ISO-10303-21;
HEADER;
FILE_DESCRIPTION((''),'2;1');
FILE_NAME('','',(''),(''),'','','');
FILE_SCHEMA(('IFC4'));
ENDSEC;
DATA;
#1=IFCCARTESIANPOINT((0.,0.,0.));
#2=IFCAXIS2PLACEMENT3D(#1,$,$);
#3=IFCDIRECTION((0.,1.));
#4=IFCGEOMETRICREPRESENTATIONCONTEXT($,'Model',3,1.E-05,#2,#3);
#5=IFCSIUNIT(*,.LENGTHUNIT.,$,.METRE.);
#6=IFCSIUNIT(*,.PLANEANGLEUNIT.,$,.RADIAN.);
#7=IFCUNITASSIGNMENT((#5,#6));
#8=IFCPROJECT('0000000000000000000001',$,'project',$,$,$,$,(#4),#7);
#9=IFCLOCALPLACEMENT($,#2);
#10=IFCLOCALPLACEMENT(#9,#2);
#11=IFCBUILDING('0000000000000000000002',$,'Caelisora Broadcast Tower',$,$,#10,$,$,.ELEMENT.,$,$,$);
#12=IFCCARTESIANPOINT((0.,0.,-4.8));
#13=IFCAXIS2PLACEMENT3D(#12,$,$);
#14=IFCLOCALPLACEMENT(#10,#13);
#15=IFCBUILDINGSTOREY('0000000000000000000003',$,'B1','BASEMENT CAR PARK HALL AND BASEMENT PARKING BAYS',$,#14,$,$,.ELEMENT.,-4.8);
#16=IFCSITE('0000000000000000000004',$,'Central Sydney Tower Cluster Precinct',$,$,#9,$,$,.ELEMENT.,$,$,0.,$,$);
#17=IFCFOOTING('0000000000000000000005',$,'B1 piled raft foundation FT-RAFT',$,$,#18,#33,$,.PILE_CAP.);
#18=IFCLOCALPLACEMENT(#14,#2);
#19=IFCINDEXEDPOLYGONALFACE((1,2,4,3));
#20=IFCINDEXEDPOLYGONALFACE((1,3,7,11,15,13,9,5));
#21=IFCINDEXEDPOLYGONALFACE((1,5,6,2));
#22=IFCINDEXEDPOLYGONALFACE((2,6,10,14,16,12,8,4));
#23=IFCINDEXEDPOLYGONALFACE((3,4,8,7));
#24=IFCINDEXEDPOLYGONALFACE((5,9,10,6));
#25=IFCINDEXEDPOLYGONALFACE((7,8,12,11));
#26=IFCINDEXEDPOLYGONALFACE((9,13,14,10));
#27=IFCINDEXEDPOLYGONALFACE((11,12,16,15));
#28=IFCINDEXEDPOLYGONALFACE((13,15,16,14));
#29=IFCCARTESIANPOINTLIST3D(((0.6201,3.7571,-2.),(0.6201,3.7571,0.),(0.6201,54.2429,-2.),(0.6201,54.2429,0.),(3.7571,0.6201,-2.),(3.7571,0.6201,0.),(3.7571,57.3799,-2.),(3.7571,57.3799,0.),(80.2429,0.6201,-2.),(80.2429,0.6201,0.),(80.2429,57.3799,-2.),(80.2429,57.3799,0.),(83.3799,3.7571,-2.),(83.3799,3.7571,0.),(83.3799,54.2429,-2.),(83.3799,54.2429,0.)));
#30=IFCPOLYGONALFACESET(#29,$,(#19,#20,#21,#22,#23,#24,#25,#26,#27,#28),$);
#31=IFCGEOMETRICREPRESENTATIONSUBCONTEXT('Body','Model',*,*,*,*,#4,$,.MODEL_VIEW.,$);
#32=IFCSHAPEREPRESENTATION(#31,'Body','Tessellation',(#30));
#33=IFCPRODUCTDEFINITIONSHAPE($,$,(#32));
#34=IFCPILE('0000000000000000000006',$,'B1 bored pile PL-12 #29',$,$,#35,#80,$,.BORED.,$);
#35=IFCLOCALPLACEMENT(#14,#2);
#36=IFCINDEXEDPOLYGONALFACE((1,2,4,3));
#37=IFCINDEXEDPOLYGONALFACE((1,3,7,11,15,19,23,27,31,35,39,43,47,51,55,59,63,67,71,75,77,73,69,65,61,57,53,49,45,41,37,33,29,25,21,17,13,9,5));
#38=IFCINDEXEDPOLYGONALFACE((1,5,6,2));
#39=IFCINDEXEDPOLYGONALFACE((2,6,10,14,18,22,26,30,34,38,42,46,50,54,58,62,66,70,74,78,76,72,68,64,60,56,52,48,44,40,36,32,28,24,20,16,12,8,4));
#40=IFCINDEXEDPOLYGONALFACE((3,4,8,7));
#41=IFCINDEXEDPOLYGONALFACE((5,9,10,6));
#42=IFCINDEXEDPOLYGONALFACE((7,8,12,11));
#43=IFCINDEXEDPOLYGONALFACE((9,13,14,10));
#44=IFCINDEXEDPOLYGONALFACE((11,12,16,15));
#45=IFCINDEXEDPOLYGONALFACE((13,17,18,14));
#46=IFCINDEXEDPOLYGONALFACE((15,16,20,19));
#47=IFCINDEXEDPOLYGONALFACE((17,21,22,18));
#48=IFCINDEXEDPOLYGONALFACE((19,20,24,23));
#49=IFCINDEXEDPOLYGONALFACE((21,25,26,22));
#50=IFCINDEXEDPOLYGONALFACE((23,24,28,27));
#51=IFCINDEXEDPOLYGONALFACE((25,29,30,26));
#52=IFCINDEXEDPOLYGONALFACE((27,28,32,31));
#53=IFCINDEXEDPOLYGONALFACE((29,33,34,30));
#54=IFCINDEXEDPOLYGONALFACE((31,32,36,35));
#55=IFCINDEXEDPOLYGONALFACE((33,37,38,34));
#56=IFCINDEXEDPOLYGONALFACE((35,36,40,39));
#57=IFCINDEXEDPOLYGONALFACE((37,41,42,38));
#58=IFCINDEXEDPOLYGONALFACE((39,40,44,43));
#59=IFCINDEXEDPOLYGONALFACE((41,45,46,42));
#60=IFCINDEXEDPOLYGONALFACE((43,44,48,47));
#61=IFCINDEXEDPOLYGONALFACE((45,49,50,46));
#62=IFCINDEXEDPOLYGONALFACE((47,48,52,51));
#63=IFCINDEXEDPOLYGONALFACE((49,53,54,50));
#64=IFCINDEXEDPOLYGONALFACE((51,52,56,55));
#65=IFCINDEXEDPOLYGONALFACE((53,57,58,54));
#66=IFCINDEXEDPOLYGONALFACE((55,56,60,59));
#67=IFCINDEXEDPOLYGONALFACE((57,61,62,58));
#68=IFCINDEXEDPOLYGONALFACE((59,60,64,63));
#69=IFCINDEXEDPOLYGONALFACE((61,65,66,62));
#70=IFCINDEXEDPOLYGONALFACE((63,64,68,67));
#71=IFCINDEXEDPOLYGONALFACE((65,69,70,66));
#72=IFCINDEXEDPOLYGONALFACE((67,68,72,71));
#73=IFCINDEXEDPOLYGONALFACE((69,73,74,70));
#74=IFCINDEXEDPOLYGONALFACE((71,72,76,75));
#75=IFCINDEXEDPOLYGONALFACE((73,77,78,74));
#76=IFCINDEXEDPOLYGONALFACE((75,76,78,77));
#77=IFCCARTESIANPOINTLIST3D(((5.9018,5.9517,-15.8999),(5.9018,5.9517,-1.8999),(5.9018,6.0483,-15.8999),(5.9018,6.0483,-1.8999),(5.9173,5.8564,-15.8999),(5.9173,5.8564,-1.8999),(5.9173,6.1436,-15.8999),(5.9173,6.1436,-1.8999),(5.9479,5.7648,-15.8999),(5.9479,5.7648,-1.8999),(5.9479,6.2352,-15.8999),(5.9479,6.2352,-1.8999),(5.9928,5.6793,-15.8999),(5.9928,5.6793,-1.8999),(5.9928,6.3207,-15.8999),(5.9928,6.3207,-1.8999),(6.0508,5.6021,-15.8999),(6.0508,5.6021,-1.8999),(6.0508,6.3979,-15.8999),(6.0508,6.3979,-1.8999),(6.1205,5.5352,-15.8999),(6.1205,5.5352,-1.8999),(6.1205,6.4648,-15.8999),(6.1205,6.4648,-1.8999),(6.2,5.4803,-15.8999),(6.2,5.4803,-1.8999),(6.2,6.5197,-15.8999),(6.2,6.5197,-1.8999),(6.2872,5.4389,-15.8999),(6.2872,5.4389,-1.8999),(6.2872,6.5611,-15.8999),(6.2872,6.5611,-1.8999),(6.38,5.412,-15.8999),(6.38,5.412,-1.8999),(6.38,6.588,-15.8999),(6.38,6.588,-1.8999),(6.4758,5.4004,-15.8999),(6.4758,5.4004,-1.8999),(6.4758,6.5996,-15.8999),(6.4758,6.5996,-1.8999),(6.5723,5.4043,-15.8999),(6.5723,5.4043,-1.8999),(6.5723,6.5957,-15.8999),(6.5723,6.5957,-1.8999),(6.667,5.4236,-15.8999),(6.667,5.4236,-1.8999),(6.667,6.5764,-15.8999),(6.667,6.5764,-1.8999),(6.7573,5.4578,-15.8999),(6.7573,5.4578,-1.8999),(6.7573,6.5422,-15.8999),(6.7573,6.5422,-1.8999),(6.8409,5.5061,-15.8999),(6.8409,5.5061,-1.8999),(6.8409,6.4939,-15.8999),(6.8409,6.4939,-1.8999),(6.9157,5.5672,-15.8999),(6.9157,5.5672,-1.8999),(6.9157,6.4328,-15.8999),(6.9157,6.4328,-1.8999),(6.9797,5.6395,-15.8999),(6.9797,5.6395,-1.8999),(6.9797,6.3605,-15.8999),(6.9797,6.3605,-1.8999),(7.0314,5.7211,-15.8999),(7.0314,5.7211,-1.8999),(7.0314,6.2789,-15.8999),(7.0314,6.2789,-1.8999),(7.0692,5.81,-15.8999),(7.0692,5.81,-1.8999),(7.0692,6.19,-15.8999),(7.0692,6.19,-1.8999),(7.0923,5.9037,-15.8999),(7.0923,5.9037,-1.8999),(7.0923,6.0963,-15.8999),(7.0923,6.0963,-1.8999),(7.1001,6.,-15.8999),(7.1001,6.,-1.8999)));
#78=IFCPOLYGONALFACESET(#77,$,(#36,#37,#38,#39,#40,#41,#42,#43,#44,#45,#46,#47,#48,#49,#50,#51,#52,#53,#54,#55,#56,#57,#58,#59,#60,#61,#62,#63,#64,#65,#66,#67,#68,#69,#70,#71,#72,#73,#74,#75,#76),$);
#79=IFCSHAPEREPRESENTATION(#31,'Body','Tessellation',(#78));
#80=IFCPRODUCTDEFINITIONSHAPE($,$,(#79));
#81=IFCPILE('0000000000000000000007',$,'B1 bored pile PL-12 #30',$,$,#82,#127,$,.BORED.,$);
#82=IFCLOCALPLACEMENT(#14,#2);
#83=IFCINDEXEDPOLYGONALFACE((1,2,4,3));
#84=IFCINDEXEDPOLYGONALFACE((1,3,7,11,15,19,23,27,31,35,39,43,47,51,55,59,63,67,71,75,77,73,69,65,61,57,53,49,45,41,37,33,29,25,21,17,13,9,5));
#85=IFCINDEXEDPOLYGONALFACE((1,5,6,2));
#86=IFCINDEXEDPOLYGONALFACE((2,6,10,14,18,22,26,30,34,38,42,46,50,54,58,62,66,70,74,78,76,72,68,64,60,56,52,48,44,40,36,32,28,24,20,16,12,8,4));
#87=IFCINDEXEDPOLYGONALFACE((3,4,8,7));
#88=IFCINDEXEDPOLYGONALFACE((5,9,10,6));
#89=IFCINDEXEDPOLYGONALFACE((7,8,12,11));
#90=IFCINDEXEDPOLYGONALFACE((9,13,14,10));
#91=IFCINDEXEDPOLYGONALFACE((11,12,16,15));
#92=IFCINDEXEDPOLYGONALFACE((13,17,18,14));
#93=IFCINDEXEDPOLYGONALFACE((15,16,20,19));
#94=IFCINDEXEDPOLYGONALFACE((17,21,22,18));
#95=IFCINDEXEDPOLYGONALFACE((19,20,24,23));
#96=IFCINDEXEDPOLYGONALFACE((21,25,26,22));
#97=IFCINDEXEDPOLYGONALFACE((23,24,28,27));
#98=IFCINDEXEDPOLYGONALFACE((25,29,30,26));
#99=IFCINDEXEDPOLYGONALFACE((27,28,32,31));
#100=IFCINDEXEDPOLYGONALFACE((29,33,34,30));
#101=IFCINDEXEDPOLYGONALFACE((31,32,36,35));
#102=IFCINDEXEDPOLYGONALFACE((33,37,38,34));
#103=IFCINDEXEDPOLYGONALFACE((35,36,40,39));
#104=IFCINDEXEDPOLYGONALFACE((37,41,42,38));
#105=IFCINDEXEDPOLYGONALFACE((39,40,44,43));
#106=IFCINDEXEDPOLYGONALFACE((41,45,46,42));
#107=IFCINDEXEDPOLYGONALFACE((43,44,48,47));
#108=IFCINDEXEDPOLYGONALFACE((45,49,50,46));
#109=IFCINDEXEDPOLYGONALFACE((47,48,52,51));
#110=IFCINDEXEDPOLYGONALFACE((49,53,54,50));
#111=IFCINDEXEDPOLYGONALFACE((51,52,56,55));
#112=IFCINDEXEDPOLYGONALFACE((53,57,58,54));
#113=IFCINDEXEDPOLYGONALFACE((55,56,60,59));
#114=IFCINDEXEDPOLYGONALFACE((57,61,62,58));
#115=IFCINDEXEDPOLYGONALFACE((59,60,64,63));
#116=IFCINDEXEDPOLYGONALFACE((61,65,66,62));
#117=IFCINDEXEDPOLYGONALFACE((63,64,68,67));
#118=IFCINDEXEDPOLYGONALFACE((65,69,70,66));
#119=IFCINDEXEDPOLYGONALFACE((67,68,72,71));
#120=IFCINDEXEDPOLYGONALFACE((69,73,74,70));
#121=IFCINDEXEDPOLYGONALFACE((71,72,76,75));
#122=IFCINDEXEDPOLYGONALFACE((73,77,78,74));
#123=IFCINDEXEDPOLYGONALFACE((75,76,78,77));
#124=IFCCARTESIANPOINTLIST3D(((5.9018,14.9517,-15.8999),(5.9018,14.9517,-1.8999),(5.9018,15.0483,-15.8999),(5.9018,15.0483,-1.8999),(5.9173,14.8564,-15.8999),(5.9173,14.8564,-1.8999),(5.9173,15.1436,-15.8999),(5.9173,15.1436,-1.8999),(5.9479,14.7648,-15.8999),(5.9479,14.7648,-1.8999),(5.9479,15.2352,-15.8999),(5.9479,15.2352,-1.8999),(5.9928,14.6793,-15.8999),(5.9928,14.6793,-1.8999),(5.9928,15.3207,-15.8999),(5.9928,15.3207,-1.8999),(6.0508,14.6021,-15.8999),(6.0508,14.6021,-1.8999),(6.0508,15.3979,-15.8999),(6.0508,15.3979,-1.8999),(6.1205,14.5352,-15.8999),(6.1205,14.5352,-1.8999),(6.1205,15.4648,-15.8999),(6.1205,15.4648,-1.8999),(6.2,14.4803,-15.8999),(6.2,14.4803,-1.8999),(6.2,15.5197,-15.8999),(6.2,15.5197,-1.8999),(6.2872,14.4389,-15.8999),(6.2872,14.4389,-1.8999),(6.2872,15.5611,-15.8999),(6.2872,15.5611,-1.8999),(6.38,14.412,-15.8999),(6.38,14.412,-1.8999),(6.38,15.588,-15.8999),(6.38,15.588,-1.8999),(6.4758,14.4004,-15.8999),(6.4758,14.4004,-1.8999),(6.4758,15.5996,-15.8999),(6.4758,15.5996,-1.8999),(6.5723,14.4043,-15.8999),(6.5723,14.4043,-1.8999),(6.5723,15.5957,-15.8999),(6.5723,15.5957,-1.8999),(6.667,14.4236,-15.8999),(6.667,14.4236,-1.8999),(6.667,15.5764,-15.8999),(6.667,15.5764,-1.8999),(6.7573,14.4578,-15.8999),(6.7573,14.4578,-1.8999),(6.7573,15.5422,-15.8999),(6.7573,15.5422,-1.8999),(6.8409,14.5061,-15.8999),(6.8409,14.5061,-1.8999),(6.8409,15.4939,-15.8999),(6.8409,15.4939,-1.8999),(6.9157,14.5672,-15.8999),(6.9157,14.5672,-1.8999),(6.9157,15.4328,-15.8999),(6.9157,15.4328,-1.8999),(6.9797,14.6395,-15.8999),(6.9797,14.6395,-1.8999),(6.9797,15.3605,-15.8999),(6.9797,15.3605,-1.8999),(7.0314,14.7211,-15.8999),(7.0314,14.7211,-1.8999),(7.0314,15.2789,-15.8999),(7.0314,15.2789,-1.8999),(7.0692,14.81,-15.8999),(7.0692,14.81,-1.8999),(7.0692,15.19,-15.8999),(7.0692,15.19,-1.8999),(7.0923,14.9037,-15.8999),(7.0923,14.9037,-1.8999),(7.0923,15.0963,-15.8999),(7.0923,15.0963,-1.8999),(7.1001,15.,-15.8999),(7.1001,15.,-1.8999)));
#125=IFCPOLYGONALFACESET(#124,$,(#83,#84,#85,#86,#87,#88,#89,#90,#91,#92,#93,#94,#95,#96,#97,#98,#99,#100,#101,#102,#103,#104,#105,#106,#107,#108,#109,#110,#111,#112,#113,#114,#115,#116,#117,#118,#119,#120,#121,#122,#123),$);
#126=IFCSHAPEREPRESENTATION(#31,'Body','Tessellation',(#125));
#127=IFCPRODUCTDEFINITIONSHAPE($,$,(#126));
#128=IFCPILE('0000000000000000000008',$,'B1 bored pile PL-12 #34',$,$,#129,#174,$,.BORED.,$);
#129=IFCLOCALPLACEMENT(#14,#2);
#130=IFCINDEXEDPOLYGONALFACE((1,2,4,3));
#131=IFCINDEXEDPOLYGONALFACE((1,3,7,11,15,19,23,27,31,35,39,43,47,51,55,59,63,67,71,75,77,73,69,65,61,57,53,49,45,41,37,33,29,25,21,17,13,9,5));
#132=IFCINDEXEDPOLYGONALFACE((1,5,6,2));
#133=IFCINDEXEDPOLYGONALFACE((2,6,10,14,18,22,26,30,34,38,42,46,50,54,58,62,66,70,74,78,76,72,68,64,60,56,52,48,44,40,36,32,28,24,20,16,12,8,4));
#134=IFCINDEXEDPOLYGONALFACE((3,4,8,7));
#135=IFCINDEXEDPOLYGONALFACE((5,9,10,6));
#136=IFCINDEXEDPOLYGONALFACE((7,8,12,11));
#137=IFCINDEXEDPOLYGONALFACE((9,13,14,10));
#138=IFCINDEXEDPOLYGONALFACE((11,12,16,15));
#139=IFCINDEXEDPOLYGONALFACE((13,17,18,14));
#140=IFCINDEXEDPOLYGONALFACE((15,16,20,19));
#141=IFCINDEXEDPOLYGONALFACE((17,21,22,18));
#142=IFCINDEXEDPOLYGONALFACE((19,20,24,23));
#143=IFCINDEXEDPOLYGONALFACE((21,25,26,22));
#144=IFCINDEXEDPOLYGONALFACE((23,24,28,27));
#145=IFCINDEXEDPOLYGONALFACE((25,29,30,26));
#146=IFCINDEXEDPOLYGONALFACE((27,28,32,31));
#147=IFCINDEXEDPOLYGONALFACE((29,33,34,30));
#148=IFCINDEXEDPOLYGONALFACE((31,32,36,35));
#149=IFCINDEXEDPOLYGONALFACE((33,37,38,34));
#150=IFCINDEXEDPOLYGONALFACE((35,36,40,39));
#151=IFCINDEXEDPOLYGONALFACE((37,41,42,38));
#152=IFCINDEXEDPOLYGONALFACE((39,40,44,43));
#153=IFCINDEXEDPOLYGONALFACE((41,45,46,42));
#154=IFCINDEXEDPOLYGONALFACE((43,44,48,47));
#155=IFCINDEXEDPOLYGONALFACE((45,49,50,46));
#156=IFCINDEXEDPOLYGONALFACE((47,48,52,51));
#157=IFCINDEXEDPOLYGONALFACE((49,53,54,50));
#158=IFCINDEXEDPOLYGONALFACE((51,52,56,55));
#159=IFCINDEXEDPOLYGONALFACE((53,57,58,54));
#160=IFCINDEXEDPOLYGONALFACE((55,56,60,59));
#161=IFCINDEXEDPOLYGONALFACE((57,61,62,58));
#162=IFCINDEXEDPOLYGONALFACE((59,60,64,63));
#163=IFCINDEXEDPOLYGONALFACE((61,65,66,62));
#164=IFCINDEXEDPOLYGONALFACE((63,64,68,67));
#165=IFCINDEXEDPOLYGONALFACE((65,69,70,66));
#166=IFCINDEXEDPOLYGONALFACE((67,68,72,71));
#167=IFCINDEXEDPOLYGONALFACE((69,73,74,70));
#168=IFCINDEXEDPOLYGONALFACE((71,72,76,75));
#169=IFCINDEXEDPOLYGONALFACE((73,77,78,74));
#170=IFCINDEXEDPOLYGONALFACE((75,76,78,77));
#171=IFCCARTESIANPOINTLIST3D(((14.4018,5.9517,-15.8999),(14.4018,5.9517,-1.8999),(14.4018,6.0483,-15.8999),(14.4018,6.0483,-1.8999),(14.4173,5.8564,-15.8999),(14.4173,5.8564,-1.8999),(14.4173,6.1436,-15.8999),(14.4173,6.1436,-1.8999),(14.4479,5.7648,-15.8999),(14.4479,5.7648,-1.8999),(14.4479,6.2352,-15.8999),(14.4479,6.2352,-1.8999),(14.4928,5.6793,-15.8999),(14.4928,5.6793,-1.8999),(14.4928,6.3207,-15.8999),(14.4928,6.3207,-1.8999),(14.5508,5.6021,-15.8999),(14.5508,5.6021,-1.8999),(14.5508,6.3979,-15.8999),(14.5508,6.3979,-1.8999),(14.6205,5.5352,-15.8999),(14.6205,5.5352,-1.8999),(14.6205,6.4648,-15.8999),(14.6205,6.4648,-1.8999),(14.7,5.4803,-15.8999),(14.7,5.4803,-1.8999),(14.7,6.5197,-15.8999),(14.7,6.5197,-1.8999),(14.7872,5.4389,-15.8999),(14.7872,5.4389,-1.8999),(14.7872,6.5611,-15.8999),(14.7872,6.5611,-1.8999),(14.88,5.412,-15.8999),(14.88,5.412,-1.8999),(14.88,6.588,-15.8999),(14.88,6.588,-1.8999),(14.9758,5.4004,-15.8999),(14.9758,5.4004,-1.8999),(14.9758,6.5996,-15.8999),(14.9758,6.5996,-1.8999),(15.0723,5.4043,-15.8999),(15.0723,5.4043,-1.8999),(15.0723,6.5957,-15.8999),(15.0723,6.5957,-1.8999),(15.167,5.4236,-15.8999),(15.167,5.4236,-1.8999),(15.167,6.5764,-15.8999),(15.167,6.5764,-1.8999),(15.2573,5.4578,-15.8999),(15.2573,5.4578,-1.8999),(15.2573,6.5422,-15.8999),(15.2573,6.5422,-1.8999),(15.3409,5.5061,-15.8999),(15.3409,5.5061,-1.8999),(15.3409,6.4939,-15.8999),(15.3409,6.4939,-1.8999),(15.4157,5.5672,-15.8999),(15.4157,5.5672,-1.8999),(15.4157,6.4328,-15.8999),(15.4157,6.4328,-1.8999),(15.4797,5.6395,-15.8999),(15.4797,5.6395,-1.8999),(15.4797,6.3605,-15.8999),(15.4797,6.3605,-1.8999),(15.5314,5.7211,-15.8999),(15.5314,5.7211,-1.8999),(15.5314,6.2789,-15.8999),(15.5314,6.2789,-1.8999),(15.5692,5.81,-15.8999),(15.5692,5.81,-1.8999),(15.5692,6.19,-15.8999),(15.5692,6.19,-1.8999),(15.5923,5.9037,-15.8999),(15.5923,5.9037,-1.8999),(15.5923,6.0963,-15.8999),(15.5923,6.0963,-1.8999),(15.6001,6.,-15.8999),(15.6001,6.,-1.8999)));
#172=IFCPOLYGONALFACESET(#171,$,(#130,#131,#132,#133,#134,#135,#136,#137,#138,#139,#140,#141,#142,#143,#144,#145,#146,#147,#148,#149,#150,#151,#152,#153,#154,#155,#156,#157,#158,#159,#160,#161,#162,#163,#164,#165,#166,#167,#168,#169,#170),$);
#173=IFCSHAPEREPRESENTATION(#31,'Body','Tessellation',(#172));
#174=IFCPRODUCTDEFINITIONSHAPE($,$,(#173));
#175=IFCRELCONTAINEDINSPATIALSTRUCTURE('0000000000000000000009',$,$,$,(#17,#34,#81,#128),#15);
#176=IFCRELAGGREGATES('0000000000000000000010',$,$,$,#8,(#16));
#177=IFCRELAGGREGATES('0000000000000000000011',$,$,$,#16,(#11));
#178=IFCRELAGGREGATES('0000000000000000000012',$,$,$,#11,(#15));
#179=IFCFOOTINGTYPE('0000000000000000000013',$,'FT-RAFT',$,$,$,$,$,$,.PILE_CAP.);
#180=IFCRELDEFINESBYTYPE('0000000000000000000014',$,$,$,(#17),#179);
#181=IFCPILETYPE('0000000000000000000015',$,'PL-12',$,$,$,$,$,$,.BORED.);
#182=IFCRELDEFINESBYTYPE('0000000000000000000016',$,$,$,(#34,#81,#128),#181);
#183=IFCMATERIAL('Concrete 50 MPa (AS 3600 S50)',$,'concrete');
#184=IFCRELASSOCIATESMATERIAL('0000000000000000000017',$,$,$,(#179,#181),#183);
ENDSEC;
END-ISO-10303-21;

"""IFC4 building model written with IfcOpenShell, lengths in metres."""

from ifc_helpers import new_model, si_unit, direction, frame, origin, origin_2d, place, context, subcontext, project, spatial, polyline, circle, outline, extrude, material, material_profile, profile_set, type_object, element, save


model = new_model("IFC4")

# Units and contexts
model_context = context("Model", 3, precision=1e-05, world=origin(), true_north=direction((0.0, 1.0)))
body_context = subcontext(model_context, "Body", "Model", "MODEL_VIEW")
ifc_project = project(units=[si_unit("LENGTHUNIT", "METRE"), si_unit("PLANEANGLEUNIT", "RADIAN")], contexts=[model_context])

# Site, building, storey
site_placement = place(None, origin())
site = spatial("IfcSite", under=ifc_project, at=site_placement, Name="Central Sydney Tower Cluster Precinct", CompositionType="ELEMENT", RefElevation=0.0)
building_placement = place(site_placement, origin())
building = spatial("IfcBuilding", under=site, at=building_placement, Name="Caelisora Broadcast Tower", CompositionType="ELEMENT")
storey_placement = place(building_placement, frame((0.0, 0.0, -4.8)))
storey = spatial("IfcBuildingStorey", under=building, at=storey_placement, Name="B1", Description="BASEMENT CAR PARK HALL AND BASEMENT PARKING BAYS", CompositionType="ELEMENT", Elevation=-4.8)

# Footing
ifc_material_1 = material(Name="Concrete 50 MPa (AS 3600 S50)", Category="concrete")
footing_type_1 = type_object("IfcFootingType", Name="FT-RAFT", PredefinedType="PILE_CAP", material=ifc_material_1)
footing_1_placement = place(storey_placement, frame((0.0, 0.0, -2.0)))
element("IfcFooting", 1, at=footing_1_placement, inside=storey, type_object=footing_type_1, Name="B1 piled raft foundation FT-RAFT", PredefinedType="PILE_CAP", context=body_context, shape_type="SweptSolid", body=[
    extrude(outline(polyline([(3.7571, 0.6201), (0.6201, 3.7571), (0.6201, 54.2429), (3.7571, 57.3799), (80.2429, 57.3799), (83.3799, 54.2429), (83.3799, 3.7571), (80.2429, 0.6201), (3.7571, 0.6201)])), origin(), (0.0, 0.0, 1.0), 2.0),
])

# Piles
ifc_material_profile_1 = material_profile(ifc_material_1, circle(Radius=0.6001, at=origin_2d()), Name="Concrete 50 MPa (AS 3600 S50)")
ifc_profile_set_1 = profile_set([ifc_material_profile_1], Name="Concrete 50 MPa (AS 3600 S50)")
pile_type_1 = type_object("IfcPileType", Name="PL-12", PredefinedType="BORED", material=ifc_profile_set_1)
for number, where, z_axis, x_axis, name in (
    (2, (6.5, 6.0, -1.8999), (0.0, 0.0, -1.0), (1.0, 0.0, 0.0), "B1 bored pile PL-12 #29"),
    (3, (6.5, 15.0, -1.8999), (0.0, 0.0, -1.0), (1.0, 0.0, 0.0), "B1 bored pile PL-12 #30"),
    (4, (15.0, 6.0, -1.8999), (0.0, 0.0, -1.0), (1.0, 0.0, 0.0), "B1 bored pile PL-12 #34"),
):
    element("IfcPile", number, at=place(storey_placement, frame(where, z_axis=z_axis, x_axis=x_axis)), inside=storey, type_object=pile_type_1, Name=name, PredefinedType="BORED", context=body_context, shape_type="SweptSolid", body=[
        extrude(circle(Radius=0.6001, at=origin_2d()), origin(), (0.0, 0.0, 1.0), 14.0),
    ])

save(model, "model.ifc")
